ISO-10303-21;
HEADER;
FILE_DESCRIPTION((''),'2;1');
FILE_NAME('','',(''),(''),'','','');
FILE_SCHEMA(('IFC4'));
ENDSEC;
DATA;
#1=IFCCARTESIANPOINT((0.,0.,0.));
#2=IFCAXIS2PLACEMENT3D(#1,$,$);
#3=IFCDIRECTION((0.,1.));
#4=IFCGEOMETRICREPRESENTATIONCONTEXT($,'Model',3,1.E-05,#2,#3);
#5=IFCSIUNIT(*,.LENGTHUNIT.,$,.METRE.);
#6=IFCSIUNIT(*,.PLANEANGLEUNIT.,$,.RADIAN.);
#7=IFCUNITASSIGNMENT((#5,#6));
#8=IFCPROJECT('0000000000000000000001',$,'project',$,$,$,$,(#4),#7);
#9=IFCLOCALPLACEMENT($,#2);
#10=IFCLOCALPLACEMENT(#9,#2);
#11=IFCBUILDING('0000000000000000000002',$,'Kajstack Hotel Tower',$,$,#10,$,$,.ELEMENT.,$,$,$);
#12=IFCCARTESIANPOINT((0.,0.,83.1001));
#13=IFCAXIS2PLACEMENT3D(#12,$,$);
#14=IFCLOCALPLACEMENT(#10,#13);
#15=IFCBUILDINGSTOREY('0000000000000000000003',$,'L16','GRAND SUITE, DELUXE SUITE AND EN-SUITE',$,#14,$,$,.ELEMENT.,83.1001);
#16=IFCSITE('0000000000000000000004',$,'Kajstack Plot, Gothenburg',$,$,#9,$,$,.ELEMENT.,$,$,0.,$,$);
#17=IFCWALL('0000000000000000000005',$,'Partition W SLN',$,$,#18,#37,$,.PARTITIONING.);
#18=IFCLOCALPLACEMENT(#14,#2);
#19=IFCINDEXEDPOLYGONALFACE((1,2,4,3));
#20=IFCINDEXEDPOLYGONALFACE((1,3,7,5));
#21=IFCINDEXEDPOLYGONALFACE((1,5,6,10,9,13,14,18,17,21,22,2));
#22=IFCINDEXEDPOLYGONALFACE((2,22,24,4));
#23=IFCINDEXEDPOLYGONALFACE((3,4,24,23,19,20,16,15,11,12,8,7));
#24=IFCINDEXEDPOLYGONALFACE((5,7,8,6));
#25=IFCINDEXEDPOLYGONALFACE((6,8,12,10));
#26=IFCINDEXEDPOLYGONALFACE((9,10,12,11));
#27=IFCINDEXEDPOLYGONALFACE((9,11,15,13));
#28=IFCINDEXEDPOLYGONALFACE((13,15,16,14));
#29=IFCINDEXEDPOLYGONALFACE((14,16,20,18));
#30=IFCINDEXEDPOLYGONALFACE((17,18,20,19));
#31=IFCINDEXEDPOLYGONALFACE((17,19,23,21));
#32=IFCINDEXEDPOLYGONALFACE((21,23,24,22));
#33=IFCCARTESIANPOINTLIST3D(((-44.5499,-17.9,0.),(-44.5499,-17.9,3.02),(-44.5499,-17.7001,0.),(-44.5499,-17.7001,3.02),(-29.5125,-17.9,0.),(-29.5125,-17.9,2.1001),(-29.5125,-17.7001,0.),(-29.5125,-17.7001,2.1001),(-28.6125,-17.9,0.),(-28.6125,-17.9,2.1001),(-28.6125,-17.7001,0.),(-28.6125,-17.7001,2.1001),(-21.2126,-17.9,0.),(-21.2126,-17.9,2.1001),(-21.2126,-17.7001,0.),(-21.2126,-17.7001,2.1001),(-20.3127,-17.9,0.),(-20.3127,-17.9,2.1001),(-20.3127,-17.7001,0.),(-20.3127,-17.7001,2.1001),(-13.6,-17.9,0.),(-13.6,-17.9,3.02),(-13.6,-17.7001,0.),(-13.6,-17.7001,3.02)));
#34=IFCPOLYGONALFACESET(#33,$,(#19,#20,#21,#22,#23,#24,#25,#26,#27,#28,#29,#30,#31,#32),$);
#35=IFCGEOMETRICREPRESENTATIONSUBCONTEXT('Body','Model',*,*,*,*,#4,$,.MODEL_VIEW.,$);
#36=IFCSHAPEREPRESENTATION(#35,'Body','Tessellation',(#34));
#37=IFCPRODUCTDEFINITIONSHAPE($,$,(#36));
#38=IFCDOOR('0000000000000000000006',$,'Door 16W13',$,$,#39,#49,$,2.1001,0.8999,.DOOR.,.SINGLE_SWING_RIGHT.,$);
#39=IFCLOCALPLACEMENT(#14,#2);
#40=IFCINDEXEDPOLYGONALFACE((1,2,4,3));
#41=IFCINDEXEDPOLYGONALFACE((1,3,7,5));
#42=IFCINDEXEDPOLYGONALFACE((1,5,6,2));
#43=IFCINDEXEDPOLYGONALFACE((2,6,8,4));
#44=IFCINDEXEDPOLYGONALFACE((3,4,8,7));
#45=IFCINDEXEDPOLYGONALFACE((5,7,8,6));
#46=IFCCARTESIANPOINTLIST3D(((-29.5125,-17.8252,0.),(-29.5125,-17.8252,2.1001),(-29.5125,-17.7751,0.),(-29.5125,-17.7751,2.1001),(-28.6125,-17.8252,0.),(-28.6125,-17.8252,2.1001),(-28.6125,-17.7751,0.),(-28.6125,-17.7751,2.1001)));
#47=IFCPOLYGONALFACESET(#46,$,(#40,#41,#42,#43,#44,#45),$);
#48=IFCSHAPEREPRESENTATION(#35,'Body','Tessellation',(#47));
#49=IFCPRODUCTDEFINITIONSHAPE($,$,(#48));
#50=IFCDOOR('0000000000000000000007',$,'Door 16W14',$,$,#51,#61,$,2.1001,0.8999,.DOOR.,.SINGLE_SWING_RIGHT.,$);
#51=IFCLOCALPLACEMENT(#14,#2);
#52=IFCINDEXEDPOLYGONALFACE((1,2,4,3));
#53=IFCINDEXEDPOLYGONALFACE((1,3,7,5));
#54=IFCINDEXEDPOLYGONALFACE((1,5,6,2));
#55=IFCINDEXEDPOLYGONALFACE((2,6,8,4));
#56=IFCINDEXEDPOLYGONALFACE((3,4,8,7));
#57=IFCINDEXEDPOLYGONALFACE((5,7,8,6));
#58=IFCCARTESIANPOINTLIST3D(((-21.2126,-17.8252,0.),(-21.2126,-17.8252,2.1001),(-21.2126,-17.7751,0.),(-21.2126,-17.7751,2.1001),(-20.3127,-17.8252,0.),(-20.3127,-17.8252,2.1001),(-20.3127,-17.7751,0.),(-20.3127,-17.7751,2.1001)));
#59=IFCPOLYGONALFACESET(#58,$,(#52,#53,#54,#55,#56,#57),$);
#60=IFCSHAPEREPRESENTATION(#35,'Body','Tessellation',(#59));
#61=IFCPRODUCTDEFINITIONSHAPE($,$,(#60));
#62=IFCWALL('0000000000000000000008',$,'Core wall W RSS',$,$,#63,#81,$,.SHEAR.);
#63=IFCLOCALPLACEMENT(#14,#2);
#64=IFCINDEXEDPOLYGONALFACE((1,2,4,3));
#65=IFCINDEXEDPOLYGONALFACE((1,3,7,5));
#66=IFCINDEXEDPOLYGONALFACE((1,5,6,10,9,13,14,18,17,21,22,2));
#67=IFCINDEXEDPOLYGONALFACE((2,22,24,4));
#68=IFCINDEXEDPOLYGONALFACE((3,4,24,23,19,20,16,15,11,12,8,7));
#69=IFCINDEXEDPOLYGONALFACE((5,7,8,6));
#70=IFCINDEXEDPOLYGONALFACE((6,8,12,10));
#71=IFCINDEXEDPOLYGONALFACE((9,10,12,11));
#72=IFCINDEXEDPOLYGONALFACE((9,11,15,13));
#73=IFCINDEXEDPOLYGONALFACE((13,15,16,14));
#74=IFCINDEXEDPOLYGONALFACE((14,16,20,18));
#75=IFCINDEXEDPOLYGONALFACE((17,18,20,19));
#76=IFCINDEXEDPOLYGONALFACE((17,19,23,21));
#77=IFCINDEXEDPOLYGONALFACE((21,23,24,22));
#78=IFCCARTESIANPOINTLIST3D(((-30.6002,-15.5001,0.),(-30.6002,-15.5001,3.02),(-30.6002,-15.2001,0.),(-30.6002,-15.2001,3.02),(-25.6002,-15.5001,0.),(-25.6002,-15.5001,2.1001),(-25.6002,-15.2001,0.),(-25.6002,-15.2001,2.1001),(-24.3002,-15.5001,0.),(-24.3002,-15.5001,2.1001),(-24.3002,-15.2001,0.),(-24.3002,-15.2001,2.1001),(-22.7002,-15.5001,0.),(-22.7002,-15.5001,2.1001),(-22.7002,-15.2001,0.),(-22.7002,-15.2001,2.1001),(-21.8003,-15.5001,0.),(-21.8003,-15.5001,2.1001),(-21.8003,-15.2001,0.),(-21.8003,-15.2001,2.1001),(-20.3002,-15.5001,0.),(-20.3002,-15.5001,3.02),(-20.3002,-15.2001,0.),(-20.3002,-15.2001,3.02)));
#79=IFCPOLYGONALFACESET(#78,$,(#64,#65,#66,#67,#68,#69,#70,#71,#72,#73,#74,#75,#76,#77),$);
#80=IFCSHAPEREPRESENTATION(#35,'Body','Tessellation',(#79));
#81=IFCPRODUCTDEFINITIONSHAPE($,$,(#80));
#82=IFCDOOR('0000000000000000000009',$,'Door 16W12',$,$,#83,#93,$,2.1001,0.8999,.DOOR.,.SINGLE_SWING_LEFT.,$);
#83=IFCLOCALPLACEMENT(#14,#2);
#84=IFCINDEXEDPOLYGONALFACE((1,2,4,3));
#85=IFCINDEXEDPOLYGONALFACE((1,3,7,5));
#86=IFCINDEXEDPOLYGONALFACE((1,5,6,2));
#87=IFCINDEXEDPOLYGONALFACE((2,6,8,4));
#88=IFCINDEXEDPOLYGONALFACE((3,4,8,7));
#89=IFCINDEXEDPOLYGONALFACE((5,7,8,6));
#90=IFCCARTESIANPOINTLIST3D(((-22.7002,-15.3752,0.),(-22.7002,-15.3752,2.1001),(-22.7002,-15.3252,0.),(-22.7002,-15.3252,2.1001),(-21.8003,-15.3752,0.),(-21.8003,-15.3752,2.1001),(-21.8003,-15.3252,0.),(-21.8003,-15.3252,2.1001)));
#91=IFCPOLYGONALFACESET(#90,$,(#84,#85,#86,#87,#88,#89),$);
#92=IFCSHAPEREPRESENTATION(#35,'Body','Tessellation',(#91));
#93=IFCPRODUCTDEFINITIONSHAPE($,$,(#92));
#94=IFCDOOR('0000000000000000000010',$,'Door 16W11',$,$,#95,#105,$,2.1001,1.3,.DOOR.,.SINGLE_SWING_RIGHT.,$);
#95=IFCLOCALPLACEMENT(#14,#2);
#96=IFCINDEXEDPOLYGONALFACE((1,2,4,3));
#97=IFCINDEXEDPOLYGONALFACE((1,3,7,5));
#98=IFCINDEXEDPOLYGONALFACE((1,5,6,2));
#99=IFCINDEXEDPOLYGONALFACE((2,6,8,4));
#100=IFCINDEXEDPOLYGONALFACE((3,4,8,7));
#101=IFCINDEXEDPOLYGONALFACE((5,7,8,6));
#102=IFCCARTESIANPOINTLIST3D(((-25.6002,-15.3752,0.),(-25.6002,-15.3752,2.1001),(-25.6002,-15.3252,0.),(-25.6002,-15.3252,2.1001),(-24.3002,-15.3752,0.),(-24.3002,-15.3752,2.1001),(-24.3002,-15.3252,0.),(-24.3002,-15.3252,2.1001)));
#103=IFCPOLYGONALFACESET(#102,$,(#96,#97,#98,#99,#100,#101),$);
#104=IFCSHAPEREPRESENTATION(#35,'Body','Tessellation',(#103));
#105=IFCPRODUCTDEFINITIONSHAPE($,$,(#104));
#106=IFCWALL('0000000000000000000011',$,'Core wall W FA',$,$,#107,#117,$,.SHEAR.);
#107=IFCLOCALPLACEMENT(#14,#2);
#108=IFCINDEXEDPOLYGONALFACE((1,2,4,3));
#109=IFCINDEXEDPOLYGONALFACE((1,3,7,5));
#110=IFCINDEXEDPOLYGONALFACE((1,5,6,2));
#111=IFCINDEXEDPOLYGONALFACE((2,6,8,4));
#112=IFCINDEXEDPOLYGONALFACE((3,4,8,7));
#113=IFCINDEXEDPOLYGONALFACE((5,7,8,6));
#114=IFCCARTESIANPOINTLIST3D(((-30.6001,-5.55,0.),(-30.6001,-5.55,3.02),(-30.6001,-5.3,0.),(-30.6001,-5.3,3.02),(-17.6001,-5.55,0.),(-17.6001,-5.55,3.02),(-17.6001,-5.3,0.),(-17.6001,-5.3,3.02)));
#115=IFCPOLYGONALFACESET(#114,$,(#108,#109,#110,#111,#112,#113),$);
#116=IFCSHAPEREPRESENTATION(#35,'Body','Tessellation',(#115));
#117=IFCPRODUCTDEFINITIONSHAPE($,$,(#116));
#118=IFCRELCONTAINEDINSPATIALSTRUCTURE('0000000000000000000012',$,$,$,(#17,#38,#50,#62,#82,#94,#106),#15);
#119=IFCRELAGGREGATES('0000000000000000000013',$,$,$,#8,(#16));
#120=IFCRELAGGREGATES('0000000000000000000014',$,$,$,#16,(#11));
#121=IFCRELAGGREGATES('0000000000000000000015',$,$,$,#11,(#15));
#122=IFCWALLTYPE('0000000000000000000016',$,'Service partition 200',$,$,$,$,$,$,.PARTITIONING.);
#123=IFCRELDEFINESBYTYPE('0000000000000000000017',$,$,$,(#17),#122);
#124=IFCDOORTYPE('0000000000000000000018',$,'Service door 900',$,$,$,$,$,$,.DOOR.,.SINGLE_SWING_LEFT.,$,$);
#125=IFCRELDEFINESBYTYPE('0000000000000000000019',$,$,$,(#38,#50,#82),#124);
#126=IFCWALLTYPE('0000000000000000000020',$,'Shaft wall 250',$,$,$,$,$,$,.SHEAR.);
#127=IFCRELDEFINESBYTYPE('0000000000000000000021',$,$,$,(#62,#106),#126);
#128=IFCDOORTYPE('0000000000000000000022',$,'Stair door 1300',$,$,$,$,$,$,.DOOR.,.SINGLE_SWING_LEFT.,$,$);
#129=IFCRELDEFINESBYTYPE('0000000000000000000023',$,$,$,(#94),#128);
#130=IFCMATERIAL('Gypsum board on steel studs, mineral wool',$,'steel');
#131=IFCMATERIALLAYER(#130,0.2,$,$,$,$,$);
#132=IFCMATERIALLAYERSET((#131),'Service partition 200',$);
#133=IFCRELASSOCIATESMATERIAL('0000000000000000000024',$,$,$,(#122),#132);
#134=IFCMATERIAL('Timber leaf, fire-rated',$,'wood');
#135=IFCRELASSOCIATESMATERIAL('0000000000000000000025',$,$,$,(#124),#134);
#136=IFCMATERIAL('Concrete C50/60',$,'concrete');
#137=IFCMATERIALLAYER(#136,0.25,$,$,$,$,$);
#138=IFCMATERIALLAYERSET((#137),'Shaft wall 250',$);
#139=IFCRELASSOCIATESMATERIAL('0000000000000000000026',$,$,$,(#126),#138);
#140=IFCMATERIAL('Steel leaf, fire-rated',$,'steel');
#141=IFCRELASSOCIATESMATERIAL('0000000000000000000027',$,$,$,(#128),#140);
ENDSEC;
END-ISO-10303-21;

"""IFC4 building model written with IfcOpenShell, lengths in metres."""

from ifc_helpers import new_model, si_unit, direction, frame, frame_2d, origin, place, context, subcontext, project, spatial, rectangle, extrude, material, layer, layer_set, type_object, element, fill, save


model = new_model("IFC4")

# Units and contexts
model_context = context("Model", 3, precision=1e-05, world=origin(), true_north=direction((0.0, 1.0)))
body_context = subcontext(model_context, "Body", "Model", "MODEL_VIEW")
ifc_project = project(units=[si_unit("LENGTHUNIT", "METRE"), si_unit("PLANEANGLEUNIT", "RADIAN")], contexts=[model_context])

# Site, building, storey
site_placement = place(None, origin())
site = spatial("IfcSite", under=ifc_project, at=site_placement, Name="Kajstack Plot, Gothenburg", CompositionType="ELEMENT", RefElevation=0.0)
building_placement = place(site_placement, origin())
building = spatial("IfcBuilding", under=site, at=building_placement, Name="Kajstack Hotel Tower", CompositionType="ELEMENT")
storey_placement = place(building_placement, frame((0.0, 0.0, 83.1001)))
storey = spatial("IfcBuildingStorey", under=building, at=storey_placement, Name="L16", Description="GRAND SUITE, DELUXE SUITE AND EN-SUITE", CompositionType="ELEMENT", Elevation=83.1001)

# Shared definitions
ifc_material_1 = material(Name="Gypsum board on steel studs, mineral wool", Category="steel")
ifc_layer_1 = layer(ifc_material_1, 0.2)
ifc_layer_set_1 = layer_set([ifc_layer_1], Name="Service partition 200")
wall_type_1 = type_object("IfcWallType", Name="Service partition 200", PredefinedType="PARTITIONING", material=ifc_layer_set_1)
ifc_material_2 = material(Name="Timber leaf, fire-rated", Category="wood")
door_type_1 = type_object("IfcDoorType", Name="Service door 900", OperationType="SINGLE_SWING_LEFT", PredefinedType="DOOR", material=ifc_material_2)

# Walls, openings, doors
wall_1_placement = place(storey_placement, frame((-44.55, -17.8, 0.0), z_axis=(0.0, 0.0, 1.0), x_axis=(1.0, 0.0, 0.0)))
wall_1 = element("IfcWall", 1, at=wall_1_placement, inside=storey, type_object=wall_type_1, Name="Partition W SLN", PredefinedType="PARTITIONING", context=body_context, shape_type="SweptSolid", body=[
    extrude(rectangle(XDim=30.95, YDim=0.2, at=frame_2d((15.4751, 0.0))), origin(), (0.0, 0.0, 1.0), 3.02),
])
opening_1_placement = place(wall_1_placement, frame((15.0376, 0.0, 0.0)))
opening_1 = element("IfcOpeningElement", 2, at=opening_1_placement, cuts=wall_1, PredefinedType="OPENING", context=body_context, shape_type="SweptSolid", body=[
    extrude(rectangle(XDim=0.8999, YDim=2.1001, at=frame_2d((0.45, 1.05))), frame((0.0, 0.1099, 0.0), z_axis=(0.0, -1.0, 0.0), x_axis=(1.0, 0.0, 0.0)), (0.0, 0.0, 1.0), 0.22),
])
opening_2_placement = place(wall_1_placement, frame((23.3374, 0.0, 0.0)))
opening_2 = element("IfcOpeningElement", 3, at=opening_2_placement, cuts=wall_1, PredefinedType="OPENING", context=body_context, shape_type="SweptSolid", body=[
    extrude(rectangle(XDim=0.8999, YDim=2.1001, at=frame_2d((0.45, 1.05))), frame((0.0, 0.1099, 0.0), z_axis=(0.0, -1.0, 0.0), x_axis=(1.0, 0.0, 0.0)), (0.0, 0.0, 1.0), 0.22),
])
door_1_placement = place(opening_1_placement, origin())
door_1 = element("IfcDoor", 4, at=door_1_placement, inside=storey, type_object=door_type_1, Name="Door 16W13", OperationType="SINGLE_SWING_RIGHT", OverallHeight=2.1001, OverallWidth=0.8999, PredefinedType="DOOR", context=body_context, shape_type="SweptSolid", body=[
    extrude(rectangle(XDim=0.8999, YDim=2.1001, at=frame_2d((0.45, 1.05))), frame((0.0, 0.0249, 0.0), z_axis=(0.0, -1.0, 0.0), x_axis=(1.0, 0.0, 0.0)), (0.0, 0.0, 1.0), 0.05),
])
fill(opening_1, door_1)
door_2_placement = place(opening_2_placement, origin())
door_2 = element("IfcDoor", 5, at=door_2_placement, inside=storey, type_object=door_type_1, Name="Door 16W14", OperationType="SINGLE_SWING_RIGHT", OverallHeight=2.1001, OverallWidth=0.8999, PredefinedType="DOOR", context=body_context, shape_type="SweptSolid", body=[
    extrude(rectangle(XDim=0.8999, YDim=2.1001, at=frame_2d((0.45, 1.05))), frame((0.0, 0.0249, 0.0), z_axis=(0.0, -1.0, 0.0), x_axis=(1.0, 0.0, 0.0)), (0.0, 0.0, 1.0), 0.05),
])
fill(opening_2, door_2)
ifc_material_3 = material(Name="Concrete C50/60", Category="concrete")
ifc_layer_2 = layer(ifc_material_3, 0.25)
ifc_layer_set_2 = layer_set([ifc_layer_2], Name="Shaft wall 250")
wall_type_2 = type_object("IfcWallType", Name="Shaft wall 250", PredefinedType="SHEAR", material=ifc_layer_set_2)
wall_2_placement = place(storey_placement, frame((-30.6001, -15.3501, 0.0), z_axis=(0.0, 0.0, 1.0), x_axis=(1.0, 0.0, 0.0)))
wall_2 = element("IfcWall", 6, at=wall_2_placement, inside=storey, type_object=wall_type_2, Name="Core wall W RSS", PredefinedType="SHEAR", context=body_context, shape_type="SweptSolid", body=[
    extrude(rectangle(XDim=10.3, YDim=0.3, at=frame_2d((5.1499, 0.0))), origin(), (0.0, 0.0, 1.0), 3.02),
])
opening_3_placement = place(wall_2_placement, frame((5.0, 0.0, 0.0)))
opening_3 = element("IfcOpeningElement", 7, at=opening_3_placement, cuts=wall_2, PredefinedType="OPENING", context=body_context, shape_type="SweptSolid", body=[
    extrude(rectangle(XDim=1.3, YDim=2.1001, at=frame_2d((0.6499, 1.05))), frame((0.0, 0.1599, 0.0), z_axis=(0.0, -1.0, 0.0), x_axis=(1.0, 0.0, 0.0)), (0.0, 0.0, 1.0), 0.3201),
])
opening_4_placement = place(wall_2_placement, frame((7.8999, 0.0, 0.0)))
opening_4 = element("IfcOpeningElement", 8, at=opening_4_placement, cuts=wall_2, PredefinedType="OPENING", context=body_context, shape_type="SweptSolid", body=[
    extrude(rectangle(XDim=0.8999, YDim=2.1001, at=frame_2d((0.45, 1.05))), frame((0.0, 0.1599, 0.0), z_axis=(0.0, -1.0, 0.0), x_axis=(1.0, 0.0, 0.0)), (0.0, 0.0, 1.0), 0.3201),
])
door_3_placement = place(opening_4_placement, origin())
door_3 = element("IfcDoor", 9, at=door_3_placement, inside=storey, type_object=door_type_1, Name="Door 16W12", OperationType="SINGLE_SWING_LEFT", OverallHeight=2.1001, OverallWidth=0.8999, PredefinedType="DOOR", context=body_context, shape_type="SweptSolid", body=[
    extrude(rectangle(XDim=0.8999, YDim=2.1001, at=frame_2d((0.45, 1.05))), frame((0.0, 0.0249, 0.0), z_axis=(0.0, -1.0, 0.0), x_axis=(1.0, 0.0, 0.0)), (0.0, 0.0, 1.0), 0.05),
])
fill(opening_4, door_3)
ifc_material_4 = material(Name="Steel leaf, fire-rated", Category="steel")
door_type_2 = type_object("IfcDoorType", Name="Stair door 1300", OperationType="SINGLE_SWING_LEFT", PredefinedType="DOOR", material=ifc_material_4)
door_4_placement = place(opening_3_placement, origin())
door_4 = element("IfcDoor", 10, at=door_4_placement, inside=storey, type_object=door_type_2, Name="Door 16W11", OperationType="SINGLE_SWING_RIGHT", OverallHeight=2.1001, OverallWidth=1.3, PredefinedType="DOOR", context=body_context, shape_type="SweptSolid", body=[
    extrude(rectangle(XDim=1.3, YDim=2.1001, at=frame_2d((0.6499, 1.05))), frame((0.0, 0.0249, 0.0), z_axis=(0.0, -1.0, 0.0), x_axis=(1.0, 0.0, 0.0)), (0.0, 0.0, 1.0), 0.05),
])
fill(opening_3, door_4)

# Wall
wall_3_placement = place(storey_placement, frame((-30.6001, -5.425, 0.0), z_axis=(0.0, 0.0, 1.0), x_axis=(1.0, 0.0, 0.0)))
element("IfcWall", 11, at=wall_3_placement, inside=storey, type_object=wall_type_2, Name="Core wall W FA", PredefinedType="SHEAR", context=body_context, shape_type="SweptSolid", body=[
    extrude(rectangle(XDim=13.0, YDim=0.25, at=frame_2d((6.5, 0.0))), origin(), (0.0, 0.0, 1.0), 3.02),
])

save(model, "model.ifc")
